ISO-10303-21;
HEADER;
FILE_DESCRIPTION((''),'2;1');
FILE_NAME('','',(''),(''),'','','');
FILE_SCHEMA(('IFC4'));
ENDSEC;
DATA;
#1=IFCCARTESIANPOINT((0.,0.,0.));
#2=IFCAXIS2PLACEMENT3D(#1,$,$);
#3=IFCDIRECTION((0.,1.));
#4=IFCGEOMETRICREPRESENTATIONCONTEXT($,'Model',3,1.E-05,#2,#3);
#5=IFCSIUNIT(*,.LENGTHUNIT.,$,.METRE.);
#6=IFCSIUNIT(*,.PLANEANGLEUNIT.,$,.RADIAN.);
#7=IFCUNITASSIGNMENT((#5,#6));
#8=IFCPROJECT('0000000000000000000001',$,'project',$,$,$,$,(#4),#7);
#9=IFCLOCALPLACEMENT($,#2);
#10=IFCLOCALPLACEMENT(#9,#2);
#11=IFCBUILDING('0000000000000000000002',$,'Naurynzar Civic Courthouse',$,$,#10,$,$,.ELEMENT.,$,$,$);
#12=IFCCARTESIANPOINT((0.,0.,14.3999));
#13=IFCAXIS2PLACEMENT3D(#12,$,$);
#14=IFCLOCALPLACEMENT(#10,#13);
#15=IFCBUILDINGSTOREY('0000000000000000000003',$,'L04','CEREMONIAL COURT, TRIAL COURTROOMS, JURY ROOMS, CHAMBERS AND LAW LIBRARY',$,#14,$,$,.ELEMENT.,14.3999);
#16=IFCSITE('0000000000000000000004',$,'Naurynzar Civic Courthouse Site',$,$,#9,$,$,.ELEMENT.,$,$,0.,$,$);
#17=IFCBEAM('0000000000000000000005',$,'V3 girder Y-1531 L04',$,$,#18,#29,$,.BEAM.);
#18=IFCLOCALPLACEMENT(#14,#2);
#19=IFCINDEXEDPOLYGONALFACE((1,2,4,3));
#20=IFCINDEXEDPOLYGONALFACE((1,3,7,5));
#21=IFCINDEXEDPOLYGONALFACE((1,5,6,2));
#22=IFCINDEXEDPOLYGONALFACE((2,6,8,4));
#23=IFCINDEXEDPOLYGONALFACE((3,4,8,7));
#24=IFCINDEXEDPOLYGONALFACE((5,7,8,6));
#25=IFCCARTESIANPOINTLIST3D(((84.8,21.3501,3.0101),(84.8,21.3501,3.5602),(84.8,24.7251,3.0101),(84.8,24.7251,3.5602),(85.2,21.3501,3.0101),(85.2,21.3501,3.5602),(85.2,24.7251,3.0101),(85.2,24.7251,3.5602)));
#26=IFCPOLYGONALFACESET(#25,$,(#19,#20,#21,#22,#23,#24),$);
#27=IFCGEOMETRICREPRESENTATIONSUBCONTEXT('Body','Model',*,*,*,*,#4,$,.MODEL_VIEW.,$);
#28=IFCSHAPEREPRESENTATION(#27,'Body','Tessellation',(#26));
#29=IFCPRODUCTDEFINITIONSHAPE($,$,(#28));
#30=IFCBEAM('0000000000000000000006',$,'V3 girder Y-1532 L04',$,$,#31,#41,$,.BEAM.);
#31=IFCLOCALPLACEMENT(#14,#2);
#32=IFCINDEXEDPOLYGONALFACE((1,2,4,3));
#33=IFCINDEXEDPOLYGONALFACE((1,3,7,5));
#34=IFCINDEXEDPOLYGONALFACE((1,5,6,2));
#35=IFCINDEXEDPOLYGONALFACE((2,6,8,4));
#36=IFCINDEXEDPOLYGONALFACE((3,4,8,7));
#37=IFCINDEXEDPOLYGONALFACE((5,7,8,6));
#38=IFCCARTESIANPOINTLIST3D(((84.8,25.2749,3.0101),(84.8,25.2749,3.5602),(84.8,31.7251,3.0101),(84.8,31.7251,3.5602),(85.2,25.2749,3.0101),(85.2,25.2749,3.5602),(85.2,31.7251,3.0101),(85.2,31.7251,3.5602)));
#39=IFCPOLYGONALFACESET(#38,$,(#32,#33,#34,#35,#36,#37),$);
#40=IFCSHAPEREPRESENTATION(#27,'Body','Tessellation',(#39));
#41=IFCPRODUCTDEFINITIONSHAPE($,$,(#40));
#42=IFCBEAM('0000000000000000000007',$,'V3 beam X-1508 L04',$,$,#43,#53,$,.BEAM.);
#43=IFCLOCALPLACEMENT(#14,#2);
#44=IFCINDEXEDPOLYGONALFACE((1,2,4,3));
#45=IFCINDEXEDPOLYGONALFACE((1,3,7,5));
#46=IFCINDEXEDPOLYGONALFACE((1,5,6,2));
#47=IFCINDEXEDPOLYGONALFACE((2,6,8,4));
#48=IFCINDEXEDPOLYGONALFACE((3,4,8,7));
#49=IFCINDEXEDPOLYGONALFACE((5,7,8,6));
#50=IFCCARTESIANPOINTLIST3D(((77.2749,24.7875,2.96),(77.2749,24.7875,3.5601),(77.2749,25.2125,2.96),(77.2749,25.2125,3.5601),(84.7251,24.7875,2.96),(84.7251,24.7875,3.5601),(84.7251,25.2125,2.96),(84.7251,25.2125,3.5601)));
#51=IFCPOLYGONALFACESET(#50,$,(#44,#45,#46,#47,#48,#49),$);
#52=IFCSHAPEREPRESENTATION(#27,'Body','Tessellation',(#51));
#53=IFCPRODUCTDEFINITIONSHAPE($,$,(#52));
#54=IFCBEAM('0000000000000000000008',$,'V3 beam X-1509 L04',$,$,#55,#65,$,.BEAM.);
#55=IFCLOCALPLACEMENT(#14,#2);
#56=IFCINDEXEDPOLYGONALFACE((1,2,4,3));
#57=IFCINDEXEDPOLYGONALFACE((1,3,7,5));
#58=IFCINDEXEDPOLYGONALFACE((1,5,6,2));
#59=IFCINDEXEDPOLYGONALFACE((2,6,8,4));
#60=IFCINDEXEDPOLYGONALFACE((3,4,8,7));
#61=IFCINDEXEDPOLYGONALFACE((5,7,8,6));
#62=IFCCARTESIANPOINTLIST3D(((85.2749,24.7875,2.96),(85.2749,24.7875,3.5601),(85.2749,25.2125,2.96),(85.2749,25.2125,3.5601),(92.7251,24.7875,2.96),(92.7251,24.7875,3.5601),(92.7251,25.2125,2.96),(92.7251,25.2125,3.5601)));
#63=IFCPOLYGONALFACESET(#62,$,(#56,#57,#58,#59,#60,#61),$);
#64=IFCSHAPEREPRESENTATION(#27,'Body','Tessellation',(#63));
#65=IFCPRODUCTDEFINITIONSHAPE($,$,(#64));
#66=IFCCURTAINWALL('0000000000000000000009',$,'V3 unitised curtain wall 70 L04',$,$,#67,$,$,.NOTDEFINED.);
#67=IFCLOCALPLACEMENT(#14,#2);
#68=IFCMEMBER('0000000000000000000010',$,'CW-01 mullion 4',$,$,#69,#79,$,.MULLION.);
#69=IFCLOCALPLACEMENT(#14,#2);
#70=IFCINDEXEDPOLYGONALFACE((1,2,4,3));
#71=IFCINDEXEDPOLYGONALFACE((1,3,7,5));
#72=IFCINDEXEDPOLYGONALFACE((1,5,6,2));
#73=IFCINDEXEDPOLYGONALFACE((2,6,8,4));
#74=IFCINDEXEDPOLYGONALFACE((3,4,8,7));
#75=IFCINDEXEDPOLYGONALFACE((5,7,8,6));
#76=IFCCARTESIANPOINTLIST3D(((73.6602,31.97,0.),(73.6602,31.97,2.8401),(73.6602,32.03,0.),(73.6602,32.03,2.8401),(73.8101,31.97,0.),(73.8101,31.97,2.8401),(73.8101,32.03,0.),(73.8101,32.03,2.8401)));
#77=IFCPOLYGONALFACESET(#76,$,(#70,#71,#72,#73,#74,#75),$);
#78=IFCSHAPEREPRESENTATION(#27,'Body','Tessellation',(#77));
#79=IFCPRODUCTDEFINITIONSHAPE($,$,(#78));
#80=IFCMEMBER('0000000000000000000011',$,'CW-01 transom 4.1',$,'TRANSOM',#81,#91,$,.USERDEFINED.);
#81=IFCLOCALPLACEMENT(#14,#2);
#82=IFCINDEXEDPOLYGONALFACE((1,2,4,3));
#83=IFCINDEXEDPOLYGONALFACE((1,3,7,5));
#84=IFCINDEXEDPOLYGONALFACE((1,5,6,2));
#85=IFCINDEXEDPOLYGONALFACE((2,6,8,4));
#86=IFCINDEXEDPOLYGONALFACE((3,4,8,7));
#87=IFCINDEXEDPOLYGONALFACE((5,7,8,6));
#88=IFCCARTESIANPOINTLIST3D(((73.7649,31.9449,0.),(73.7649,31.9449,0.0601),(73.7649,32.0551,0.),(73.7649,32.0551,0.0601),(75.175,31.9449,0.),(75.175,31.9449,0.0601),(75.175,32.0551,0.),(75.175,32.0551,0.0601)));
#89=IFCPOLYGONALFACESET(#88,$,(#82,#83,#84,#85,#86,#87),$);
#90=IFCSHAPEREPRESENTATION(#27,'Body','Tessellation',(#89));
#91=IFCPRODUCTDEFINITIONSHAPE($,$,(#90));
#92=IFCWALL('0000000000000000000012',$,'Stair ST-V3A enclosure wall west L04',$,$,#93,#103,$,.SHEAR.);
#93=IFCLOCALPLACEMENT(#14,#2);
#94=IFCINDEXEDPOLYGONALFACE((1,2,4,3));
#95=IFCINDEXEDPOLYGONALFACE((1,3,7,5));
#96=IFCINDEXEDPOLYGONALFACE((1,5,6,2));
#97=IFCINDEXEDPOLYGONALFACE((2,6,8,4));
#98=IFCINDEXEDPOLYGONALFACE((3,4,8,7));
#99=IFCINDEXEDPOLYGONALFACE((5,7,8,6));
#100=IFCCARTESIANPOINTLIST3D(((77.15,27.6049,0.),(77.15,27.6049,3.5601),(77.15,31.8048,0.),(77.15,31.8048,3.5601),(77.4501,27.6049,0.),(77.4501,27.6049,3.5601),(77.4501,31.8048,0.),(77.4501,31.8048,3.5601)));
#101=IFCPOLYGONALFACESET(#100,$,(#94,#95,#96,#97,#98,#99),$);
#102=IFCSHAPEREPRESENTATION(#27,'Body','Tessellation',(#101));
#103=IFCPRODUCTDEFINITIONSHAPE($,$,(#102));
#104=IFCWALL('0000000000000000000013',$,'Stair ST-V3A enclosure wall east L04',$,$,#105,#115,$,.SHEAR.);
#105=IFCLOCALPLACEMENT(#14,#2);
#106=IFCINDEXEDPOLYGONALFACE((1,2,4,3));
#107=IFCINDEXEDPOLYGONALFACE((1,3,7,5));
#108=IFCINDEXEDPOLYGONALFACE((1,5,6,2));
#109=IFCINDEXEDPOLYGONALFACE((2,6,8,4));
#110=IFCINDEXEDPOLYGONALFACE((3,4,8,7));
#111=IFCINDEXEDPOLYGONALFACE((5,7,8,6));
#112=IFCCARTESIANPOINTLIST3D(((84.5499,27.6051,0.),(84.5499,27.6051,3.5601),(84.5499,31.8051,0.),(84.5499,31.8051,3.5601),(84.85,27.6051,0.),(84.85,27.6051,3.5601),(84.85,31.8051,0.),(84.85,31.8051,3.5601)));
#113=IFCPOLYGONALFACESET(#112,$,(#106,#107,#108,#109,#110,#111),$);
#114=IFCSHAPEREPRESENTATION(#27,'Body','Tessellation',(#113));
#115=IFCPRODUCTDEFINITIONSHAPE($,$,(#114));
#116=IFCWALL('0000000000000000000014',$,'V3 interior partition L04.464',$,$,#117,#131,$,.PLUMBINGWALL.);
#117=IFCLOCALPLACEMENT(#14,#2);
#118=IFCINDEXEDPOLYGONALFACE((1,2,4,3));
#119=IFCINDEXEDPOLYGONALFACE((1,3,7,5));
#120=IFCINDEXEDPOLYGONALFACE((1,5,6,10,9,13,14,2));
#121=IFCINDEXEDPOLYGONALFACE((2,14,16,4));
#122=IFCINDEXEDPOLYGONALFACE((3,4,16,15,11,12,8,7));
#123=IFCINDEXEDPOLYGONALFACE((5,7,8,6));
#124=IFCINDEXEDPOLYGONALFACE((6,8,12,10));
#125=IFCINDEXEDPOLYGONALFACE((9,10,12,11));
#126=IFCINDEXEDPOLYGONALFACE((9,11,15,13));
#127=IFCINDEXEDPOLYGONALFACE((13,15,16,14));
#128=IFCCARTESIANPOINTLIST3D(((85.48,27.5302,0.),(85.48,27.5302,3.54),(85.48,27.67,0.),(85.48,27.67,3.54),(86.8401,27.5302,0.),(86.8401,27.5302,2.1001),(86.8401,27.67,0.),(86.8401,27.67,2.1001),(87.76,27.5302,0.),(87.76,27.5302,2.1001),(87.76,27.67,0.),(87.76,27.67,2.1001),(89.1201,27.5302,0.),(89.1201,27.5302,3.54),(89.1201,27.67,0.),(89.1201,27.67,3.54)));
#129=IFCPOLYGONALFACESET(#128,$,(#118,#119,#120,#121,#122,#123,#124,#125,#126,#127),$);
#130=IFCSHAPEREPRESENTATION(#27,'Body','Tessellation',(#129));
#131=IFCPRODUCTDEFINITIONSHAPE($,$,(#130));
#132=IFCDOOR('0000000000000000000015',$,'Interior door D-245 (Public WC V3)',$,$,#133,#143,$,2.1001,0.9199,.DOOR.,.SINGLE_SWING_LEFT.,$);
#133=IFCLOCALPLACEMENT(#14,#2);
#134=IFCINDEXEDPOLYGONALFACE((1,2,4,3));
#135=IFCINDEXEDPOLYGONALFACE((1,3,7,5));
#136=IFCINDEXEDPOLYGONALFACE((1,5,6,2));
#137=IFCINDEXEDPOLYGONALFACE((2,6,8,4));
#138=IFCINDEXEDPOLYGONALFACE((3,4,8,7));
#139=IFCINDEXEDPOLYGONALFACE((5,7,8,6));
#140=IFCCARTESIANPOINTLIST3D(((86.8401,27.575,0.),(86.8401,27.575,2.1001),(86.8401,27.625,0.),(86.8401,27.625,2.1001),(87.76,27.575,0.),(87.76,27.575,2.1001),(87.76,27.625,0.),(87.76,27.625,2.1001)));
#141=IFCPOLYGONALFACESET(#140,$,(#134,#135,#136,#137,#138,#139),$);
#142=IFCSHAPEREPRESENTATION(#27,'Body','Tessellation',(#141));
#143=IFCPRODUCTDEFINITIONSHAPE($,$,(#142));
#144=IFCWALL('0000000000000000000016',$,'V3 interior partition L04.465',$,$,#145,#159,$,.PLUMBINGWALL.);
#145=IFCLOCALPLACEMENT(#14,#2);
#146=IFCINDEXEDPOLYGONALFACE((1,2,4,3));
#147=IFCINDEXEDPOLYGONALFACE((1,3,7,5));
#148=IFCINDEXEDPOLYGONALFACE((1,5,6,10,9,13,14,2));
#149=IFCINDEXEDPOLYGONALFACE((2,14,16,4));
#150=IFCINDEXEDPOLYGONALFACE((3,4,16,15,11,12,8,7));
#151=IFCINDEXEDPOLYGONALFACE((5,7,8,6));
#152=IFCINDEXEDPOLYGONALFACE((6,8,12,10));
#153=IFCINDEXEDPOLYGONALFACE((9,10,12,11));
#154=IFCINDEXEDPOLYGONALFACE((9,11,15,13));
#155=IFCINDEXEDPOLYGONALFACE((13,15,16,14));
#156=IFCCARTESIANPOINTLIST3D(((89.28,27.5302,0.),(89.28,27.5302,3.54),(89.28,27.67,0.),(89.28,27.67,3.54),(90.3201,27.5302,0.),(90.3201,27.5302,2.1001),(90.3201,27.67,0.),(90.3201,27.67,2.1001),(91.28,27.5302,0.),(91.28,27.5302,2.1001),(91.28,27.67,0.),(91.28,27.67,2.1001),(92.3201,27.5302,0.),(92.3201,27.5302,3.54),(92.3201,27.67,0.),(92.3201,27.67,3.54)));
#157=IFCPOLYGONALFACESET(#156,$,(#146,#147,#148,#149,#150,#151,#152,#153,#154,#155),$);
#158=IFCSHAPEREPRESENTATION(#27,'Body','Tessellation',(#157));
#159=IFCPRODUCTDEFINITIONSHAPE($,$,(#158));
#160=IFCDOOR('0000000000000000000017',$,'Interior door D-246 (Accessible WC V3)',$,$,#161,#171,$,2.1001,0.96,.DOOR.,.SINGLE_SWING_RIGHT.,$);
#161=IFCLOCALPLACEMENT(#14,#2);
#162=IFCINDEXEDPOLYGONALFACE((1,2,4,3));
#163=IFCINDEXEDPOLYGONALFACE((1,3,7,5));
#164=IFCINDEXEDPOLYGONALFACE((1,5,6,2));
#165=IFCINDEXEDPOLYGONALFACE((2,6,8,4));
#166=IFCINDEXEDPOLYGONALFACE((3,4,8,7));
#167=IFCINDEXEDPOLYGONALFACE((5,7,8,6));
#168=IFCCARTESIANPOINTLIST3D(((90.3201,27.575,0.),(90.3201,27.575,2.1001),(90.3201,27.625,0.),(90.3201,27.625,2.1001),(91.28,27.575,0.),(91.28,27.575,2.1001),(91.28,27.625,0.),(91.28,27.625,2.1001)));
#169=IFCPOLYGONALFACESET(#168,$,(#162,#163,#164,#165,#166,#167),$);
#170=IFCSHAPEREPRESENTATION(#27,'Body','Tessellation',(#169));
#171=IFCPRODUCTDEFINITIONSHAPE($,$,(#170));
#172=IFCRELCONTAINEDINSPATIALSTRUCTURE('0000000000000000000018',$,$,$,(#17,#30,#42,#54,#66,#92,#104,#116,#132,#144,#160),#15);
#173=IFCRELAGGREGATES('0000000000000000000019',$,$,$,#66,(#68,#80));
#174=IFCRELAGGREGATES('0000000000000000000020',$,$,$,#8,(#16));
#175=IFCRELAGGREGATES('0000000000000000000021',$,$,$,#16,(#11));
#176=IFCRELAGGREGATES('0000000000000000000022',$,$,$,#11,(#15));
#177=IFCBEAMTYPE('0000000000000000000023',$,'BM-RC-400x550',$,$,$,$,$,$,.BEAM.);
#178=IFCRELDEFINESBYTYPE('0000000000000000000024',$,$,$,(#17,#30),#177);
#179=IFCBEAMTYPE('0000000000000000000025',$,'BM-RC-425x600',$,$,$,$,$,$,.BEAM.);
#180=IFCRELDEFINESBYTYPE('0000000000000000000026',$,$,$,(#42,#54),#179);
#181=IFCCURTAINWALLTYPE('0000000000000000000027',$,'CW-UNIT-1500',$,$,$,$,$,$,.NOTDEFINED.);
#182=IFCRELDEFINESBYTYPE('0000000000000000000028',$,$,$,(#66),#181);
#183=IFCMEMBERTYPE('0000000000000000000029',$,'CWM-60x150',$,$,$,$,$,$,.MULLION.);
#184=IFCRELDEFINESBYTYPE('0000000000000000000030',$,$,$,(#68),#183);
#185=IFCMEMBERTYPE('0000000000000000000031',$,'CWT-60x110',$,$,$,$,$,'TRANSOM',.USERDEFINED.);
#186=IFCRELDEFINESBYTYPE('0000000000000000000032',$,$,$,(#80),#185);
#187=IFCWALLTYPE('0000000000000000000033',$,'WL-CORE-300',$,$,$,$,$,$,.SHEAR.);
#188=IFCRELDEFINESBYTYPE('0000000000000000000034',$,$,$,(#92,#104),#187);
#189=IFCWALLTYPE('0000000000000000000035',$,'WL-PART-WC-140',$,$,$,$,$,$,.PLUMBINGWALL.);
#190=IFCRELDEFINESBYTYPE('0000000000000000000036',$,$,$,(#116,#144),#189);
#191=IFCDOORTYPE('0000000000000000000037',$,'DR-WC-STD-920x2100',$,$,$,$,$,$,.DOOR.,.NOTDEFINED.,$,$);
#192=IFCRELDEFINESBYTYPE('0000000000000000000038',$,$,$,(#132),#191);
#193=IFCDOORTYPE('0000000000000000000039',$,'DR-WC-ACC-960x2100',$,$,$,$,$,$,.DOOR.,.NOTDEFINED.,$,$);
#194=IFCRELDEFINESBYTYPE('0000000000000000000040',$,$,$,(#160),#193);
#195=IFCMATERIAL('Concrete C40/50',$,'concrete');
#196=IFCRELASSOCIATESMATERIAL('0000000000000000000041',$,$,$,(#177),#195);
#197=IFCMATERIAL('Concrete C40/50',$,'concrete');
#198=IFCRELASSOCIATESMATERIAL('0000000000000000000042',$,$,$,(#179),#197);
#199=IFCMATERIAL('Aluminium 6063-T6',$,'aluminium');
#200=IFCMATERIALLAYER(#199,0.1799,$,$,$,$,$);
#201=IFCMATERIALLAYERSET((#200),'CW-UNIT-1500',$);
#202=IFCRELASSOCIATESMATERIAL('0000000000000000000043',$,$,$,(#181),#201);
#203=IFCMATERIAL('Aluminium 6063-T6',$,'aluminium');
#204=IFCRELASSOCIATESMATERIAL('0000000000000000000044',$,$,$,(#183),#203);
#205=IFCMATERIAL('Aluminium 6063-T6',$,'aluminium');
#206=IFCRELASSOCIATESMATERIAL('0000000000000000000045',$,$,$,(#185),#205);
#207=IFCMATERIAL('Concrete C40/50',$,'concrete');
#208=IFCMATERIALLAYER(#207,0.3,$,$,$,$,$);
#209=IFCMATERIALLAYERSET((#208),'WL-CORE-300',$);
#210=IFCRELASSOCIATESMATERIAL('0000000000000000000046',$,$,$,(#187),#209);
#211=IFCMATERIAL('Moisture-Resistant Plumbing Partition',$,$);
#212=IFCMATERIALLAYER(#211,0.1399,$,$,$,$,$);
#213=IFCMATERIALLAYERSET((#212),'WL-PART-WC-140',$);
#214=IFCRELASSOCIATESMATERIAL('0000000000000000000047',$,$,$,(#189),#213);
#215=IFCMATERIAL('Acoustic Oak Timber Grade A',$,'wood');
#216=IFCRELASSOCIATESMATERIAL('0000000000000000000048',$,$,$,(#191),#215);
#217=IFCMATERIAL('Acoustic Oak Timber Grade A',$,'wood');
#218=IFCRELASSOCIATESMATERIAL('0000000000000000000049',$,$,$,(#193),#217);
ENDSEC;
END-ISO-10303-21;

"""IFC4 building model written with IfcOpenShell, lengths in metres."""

from ifc_helpers import new_model, si_unit, direction, frame, frame_2d, origin, origin_2d, place, context, subcontext, project, spatial, rectangle, extrude, material, layer, layer_set, material_profile, profile_set, type_object, element, fill, aggregate, save


model = new_model("IFC4")

# Units and contexts
model_context = context("Model", 3, precision=1e-05, world=origin(), true_north=direction((0.0, 1.0)))
body_context = subcontext(model_context, "Body", "Model", "MODEL_VIEW")
ifc_project = project(units=[si_unit("LENGTHUNIT", "METRE"), si_unit("PLANEANGLEUNIT", "RADIAN")], contexts=[model_context])

# Site, building, storey
site_placement = place(None, origin())
site = spatial("IfcSite", under=ifc_project, at=site_placement, Name="Naurynzar Civic Courthouse Site", CompositionType="ELEMENT", RefElevation=0.0)
building_placement = place(site_placement, origin())
building = spatial("IfcBuilding", under=site, at=building_placement, Name="Naurynzar Civic Courthouse", CompositionType="ELEMENT")
storey_placement = place(building_placement, frame((0.0, 0.0, 14.3999)))
storey = spatial("IfcBuildingStorey", under=building, at=storey_placement, Name="L04", Description="CEREMONIAL COURT, TRIAL COURTROOMS, JURY ROOMS, CHAMBERS AND LAW LIBRARY", CompositionType="ELEMENT", Elevation=14.3999)

# Beams
ifc_material_1 = material(Name="Concrete C40/50", Category="concrete")
ifc_material_profile_1 = material_profile(ifc_material_1, rectangle(XDim=0.3999, YDim=0.55, at=origin_2d()), Name="RCB 400x550")
ifc_profile_set_1 = profile_set([ifc_material_profile_1], Name="Concrete C40/50")
beam_type_1 = type_object("IfcBeamType", Name="BM-RC-400x550", PredefinedType="BEAM", material=ifc_profile_set_1)
for number, where, z_axis, x_axis, name in (
    (1, (85.0, 21.3501, 3.2852), (0.0, 1.0, 0.0), (-1.0, 0.0, 0.0), "V3 girder Y-1531 L04"),
):
    element("IfcBeam", number, at=place(storey_placement, frame(where, z_axis=z_axis, x_axis=x_axis)), inside=storey, type_object=beam_type_1, Name=name, PredefinedType="BEAM", context=body_context, shape_type="SweptSolid", body=[
        extrude(rectangle(XDim=0.3999, YDim=0.55, at=origin_2d()), origin(), (0.0, 0.0, 1.0), 3.375),
    ])
beam_1_placement = place(storey_placement, frame((85.0, 25.2749, 3.2852), z_axis=(0.0, 1.0, 0.0), x_axis=(-1.0, 0.0, 0.0)))
element("IfcBeam", 2, at=beam_1_placement, inside=storey, type_object=beam_type_1, Name="V3 girder Y-1532 L04", PredefinedType="BEAM", context=body_context, shape_type="SweptSolid", body=[
    extrude(rectangle(XDim=0.3999, YDim=0.55, at=origin_2d()), origin(), (0.0, 0.0, 1.0), 6.4502),
])
ifc_material_2 = material(Name="Concrete C40/50", Category="concrete")
ifc_material_profile_2 = material_profile(ifc_material_2, rectangle(XDim=0.425, YDim=0.6001, at=origin_2d()), Name="RCB 425x600")
ifc_profile_set_2 = profile_set([ifc_material_profile_2], Name="Concrete C40/50")
beam_type_2 = type_object("IfcBeamType", Name="BM-RC-425x600", PredefinedType="BEAM", material=ifc_profile_set_2)
for number, where, z_axis, x_axis, name in (
    (3, (77.2749, 25.0, 3.26), (1.0, 0.0, 0.0), (0.0, 1.0, 0.0), "V3 beam X-1508 L04"),
    (4, (85.2749, 25.0, 3.26), (1.0, 0.0, 0.0), (0.0, 1.0, 0.0), "V3 beam X-1509 L04"),
):
    element("IfcBeam", number, at=place(storey_placement, frame(where, z_axis=z_axis, x_axis=x_axis)), inside=storey, type_object=beam_type_2, Name=name, PredefinedType="BEAM", context=body_context, shape_type="SweptSolid", body=[
        extrude(rectangle(XDim=0.425, YDim=0.6001, at=origin_2d()), origin(), (0.0, 0.0, 1.0), 7.4502),
    ])

# Curtain wall, members
ifc_material_3 = material(Name="Aluminium 6063-T6", Category="aluminium")
ifc_layer_1 = layer(ifc_material_3, 0.1799)
ifc_layer_set_1 = layer_set([ifc_layer_1], Name="CW-UNIT-1500")
curtain_wall_type = type_object("IfcCurtainWallType", Name="CW-UNIT-1500", PredefinedType="NOTDEFINED", material=ifc_layer_set_1)
curtain_wall_placement = place(storey_placement, origin())
curtain_wall = element("IfcCurtainWall", 5, at=curtain_wall_placement, inside=storey, type_object=curtain_wall_type, Name="V3 unitised curtain wall 70 L04", PredefinedType="NOTDEFINED")
ifc_material_4 = material(Name="Aluminium 6063-T6", Category="aluminium")
ifc_material_profile_3 = material_profile(ifc_material_4, rectangle(XDim=0.0601, YDim=0.1499, at=origin_2d()), Name="ALU MULLION 60x150")
ifc_profile_set_3 = profile_set([ifc_material_profile_3], Name="Aluminium 6063-T6")
member_type_1 = type_object("IfcMemberType", Name="CWM-60x150", PredefinedType="MULLION", material=ifc_profile_set_3)
member_1_placement = place(storey_placement, frame((73.7351, 32.0, 0.0), z_axis=(0.0, 0.0, 1.0), x_axis=(0.0, 1.0, 0.0)))
member_1 = element("IfcMember", 6, at=member_1_placement, type_object=member_type_1, Name="CW-01 mullion 4", PredefinedType="MULLION", context=body_context, shape_type="SweptSolid", body=[
    extrude(rectangle(XDim=0.0601, YDim=0.1499, at=origin_2d()), origin(), (0.0, 0.0, 1.0), 2.8401),
])
ifc_material_5 = material(Name="Aluminium 6063-T6", Category="aluminium")
ifc_material_profile_4 = material_profile(ifc_material_5, rectangle(XDim=0.1101, YDim=0.0601, at=origin_2d()), Name="ALU TRANSOM 60x110")
ifc_profile_set_4 = profile_set([ifc_material_profile_4], Name="Aluminium 6063-T6")
member_type_2 = type_object("IfcMemberType", Name="CWT-60x110", ElementType="TRANSOM", PredefinedType="USERDEFINED", material=ifc_profile_set_4)
member_2_placement = place(storey_placement, frame((73.7649, 32.0, 0.03), z_axis=(1.0, 0.0, 0.0), x_axis=(0.0, 1.0, 0.0)))
member_2 = element("IfcMember", 7, at=member_2_placement, type_object=member_type_2, Name="CW-01 transom 4.1", ObjectType="TRANSOM", PredefinedType="USERDEFINED", context=body_context, shape_type="SweptSolid", body=[
    extrude(rectangle(XDim=0.1101, YDim=0.0601, at=origin_2d()), origin(), (0.0, 0.0, 1.0), 1.4102),
])
aggregate(curtain_wall, [member_1, member_2])

# Shared definitions
ifc_material_6 = material(Name="Concrete C40/50", Category="concrete")
ifc_layer_2 = layer(ifc_material_6, 0.3)
ifc_layer_set_2 = layer_set([ifc_layer_2], Name="WL-CORE-300")
wall_type_1 = type_object("IfcWallType", Name="WL-CORE-300", PredefinedType="SHEAR", material=ifc_layer_set_2)

# Walls
for number, where, z_axis, x_axis, name in (
    (8, (77.3, 31.8049, 0.0), (0.0, 0.0, 1.0), (0.0, -1.0, 0.0), "Stair ST-V3A enclosure wall west L04"),
    (9, (84.7, 27.605, 0.0), (0.0, 0.0, 1.0), (0.0, 1.0, 0.0), "Stair ST-V3A enclosure wall east L04"),
):
    element("IfcWall", number, at=place(storey_placement, frame(where, z_axis=z_axis, x_axis=x_axis)), inside=storey, type_object=wall_type_1, Name=name, PredefinedType="SHEAR", context=body_context, shape_type="SweptSolid", body=[
        extrude(rectangle(XDim=4.2, YDim=0.3, at=frame_2d((2.1001, 0.0))), origin(), (0.0, 0.0, 1.0), 3.5601),
    ])

# Walls, openings, doors
ifc_material_7 = material(Name="Moisture-Resistant Plumbing Partition")
ifc_layer_3 = layer(ifc_material_7, 0.1399)
ifc_layer_set_3 = layer_set([ifc_layer_3], Name="WL-PART-WC-140")
wall_type_2 = type_object("IfcWallType", Name="WL-PART-WC-140", PredefinedType="PLUMBINGWALL", material=ifc_layer_set_3)
wall_1_placement = place(storey_placement, frame((85.48, 27.6001, 0.0), z_axis=(0.0, 0.0, 1.0), x_axis=(1.0, 0.0, 0.0)))
wall_1 = element("IfcWall", 10, at=wall_1_placement, inside=storey, type_object=wall_type_2, Name="V3 interior partition L04.464", PredefinedType="PLUMBINGWALL", context=body_context, shape_type="SweptSolid", body=[
    extrude(rectangle(XDim=3.6401, YDim=0.1399, at=frame_2d((1.8201, 0.0))), origin(), (0.0, 0.0, 1.0), 3.54),
])
opening_1_placement = place(wall_1_placement, frame((1.3601, 0.0, 0.0)))
opening_1 = element("IfcOpeningElement", 11, at=opening_1_placement, cuts=wall_1, PredefinedType="OPENING", context=body_context, shape_type="SweptSolid", body=[
    extrude(rectangle(XDim=0.9199, YDim=2.1001, at=frame_2d((0.46, 1.05))), frame((0.0, 0.0798, 0.0), z_axis=(0.0, -1.0, 0.0), x_axis=(1.0, 0.0, 0.0)), (0.0, 0.0, 1.0), 0.1599),
])
ifc_material_8 = material(Name="Acoustic Oak Timber Grade A", Category="wood")
door_type_1 = type_object("IfcDoorType", Name="DR-WC-STD-920x2100", OperationType="NOTDEFINED", PredefinedType="DOOR", material=ifc_material_8)
door_1_placement = place(opening_1_placement, origin())
door_1 = element("IfcDoor", 12, at=door_1_placement, inside=storey, type_object=door_type_1, Name="Interior door D-245 (Public WC V3)", OperationType="SINGLE_SWING_LEFT", OverallHeight=2.1001, OverallWidth=0.9199, PredefinedType="DOOR", context=body_context, shape_type="SweptSolid", body=[
    extrude(rectangle(XDim=0.9199, YDim=2.1001, at=frame_2d((0.46, 1.05))), frame((0.0, 0.0249, 0.0), z_axis=(0.0, -1.0, 0.0), x_axis=(1.0, 0.0, 0.0)), (0.0, 0.0, 1.0), 0.05),
])
fill(opening_1, door_1)
wall_2_placement = place(storey_placement, frame((89.28, 27.6001, 0.0), z_axis=(0.0, 0.0, 1.0), x_axis=(1.0, 0.0, 0.0)))
wall_2 = element("IfcWall", 13, at=wall_2_placement, inside=storey, type_object=wall_type_2, Name="V3 interior partition L04.465", PredefinedType="PLUMBINGWALL", context=body_context, shape_type="SweptSolid", body=[
    extrude(rectangle(XDim=3.04, YDim=0.1399, at=frame_2d((1.52, 0.0))), origin(), (0.0, 0.0, 1.0), 3.54),
])
opening_2_placement = place(wall_2_placement, frame((1.04, 0.0, 0.0)))
opening_2 = element("IfcOpeningElement", 14, at=opening_2_placement, cuts=wall_2, PredefinedType="OPENING", context=body_context, shape_type="SweptSolid", body=[
    extrude(rectangle(XDim=0.96, YDim=2.1001, at=frame_2d((0.48, 1.05))), frame((0.0, 0.0798, 0.0), z_axis=(0.0, -1.0, 0.0), x_axis=(1.0, 0.0, 0.0)), (0.0, 0.0, 1.0), 0.1599),
])
ifc_material_9 = material(Name="Acoustic Oak Timber Grade A", Category="wood")
door_type_2 = type_object("IfcDoorType", Name="DR-WC-ACC-960x2100", OperationType="NOTDEFINED", PredefinedType="DOOR", material=ifc_material_9)
door_2_placement = place(opening_2_placement, origin())
door_2 = element("IfcDoor", 15, at=door_2_placement, inside=storey, type_object=door_type_2, Name="Interior door D-246 (Accessible WC V3)", OperationType="SINGLE_SWING_RIGHT", OverallHeight=2.1001, OverallWidth=0.96, PredefinedType="DOOR", context=body_context, shape_type="SweptSolid", body=[
    extrude(rectangle(XDim=0.96, YDim=2.1001, at=frame_2d((0.48, 1.05))), frame((0.0, 0.0249, 0.0), z_axis=(0.0, -1.0, 0.0), x_axis=(1.0, 0.0, 0.0)), (0.0, 0.0, 1.0), 0.05),
])
fill(opening_2, door_2)

save(model, "model.ifc")
